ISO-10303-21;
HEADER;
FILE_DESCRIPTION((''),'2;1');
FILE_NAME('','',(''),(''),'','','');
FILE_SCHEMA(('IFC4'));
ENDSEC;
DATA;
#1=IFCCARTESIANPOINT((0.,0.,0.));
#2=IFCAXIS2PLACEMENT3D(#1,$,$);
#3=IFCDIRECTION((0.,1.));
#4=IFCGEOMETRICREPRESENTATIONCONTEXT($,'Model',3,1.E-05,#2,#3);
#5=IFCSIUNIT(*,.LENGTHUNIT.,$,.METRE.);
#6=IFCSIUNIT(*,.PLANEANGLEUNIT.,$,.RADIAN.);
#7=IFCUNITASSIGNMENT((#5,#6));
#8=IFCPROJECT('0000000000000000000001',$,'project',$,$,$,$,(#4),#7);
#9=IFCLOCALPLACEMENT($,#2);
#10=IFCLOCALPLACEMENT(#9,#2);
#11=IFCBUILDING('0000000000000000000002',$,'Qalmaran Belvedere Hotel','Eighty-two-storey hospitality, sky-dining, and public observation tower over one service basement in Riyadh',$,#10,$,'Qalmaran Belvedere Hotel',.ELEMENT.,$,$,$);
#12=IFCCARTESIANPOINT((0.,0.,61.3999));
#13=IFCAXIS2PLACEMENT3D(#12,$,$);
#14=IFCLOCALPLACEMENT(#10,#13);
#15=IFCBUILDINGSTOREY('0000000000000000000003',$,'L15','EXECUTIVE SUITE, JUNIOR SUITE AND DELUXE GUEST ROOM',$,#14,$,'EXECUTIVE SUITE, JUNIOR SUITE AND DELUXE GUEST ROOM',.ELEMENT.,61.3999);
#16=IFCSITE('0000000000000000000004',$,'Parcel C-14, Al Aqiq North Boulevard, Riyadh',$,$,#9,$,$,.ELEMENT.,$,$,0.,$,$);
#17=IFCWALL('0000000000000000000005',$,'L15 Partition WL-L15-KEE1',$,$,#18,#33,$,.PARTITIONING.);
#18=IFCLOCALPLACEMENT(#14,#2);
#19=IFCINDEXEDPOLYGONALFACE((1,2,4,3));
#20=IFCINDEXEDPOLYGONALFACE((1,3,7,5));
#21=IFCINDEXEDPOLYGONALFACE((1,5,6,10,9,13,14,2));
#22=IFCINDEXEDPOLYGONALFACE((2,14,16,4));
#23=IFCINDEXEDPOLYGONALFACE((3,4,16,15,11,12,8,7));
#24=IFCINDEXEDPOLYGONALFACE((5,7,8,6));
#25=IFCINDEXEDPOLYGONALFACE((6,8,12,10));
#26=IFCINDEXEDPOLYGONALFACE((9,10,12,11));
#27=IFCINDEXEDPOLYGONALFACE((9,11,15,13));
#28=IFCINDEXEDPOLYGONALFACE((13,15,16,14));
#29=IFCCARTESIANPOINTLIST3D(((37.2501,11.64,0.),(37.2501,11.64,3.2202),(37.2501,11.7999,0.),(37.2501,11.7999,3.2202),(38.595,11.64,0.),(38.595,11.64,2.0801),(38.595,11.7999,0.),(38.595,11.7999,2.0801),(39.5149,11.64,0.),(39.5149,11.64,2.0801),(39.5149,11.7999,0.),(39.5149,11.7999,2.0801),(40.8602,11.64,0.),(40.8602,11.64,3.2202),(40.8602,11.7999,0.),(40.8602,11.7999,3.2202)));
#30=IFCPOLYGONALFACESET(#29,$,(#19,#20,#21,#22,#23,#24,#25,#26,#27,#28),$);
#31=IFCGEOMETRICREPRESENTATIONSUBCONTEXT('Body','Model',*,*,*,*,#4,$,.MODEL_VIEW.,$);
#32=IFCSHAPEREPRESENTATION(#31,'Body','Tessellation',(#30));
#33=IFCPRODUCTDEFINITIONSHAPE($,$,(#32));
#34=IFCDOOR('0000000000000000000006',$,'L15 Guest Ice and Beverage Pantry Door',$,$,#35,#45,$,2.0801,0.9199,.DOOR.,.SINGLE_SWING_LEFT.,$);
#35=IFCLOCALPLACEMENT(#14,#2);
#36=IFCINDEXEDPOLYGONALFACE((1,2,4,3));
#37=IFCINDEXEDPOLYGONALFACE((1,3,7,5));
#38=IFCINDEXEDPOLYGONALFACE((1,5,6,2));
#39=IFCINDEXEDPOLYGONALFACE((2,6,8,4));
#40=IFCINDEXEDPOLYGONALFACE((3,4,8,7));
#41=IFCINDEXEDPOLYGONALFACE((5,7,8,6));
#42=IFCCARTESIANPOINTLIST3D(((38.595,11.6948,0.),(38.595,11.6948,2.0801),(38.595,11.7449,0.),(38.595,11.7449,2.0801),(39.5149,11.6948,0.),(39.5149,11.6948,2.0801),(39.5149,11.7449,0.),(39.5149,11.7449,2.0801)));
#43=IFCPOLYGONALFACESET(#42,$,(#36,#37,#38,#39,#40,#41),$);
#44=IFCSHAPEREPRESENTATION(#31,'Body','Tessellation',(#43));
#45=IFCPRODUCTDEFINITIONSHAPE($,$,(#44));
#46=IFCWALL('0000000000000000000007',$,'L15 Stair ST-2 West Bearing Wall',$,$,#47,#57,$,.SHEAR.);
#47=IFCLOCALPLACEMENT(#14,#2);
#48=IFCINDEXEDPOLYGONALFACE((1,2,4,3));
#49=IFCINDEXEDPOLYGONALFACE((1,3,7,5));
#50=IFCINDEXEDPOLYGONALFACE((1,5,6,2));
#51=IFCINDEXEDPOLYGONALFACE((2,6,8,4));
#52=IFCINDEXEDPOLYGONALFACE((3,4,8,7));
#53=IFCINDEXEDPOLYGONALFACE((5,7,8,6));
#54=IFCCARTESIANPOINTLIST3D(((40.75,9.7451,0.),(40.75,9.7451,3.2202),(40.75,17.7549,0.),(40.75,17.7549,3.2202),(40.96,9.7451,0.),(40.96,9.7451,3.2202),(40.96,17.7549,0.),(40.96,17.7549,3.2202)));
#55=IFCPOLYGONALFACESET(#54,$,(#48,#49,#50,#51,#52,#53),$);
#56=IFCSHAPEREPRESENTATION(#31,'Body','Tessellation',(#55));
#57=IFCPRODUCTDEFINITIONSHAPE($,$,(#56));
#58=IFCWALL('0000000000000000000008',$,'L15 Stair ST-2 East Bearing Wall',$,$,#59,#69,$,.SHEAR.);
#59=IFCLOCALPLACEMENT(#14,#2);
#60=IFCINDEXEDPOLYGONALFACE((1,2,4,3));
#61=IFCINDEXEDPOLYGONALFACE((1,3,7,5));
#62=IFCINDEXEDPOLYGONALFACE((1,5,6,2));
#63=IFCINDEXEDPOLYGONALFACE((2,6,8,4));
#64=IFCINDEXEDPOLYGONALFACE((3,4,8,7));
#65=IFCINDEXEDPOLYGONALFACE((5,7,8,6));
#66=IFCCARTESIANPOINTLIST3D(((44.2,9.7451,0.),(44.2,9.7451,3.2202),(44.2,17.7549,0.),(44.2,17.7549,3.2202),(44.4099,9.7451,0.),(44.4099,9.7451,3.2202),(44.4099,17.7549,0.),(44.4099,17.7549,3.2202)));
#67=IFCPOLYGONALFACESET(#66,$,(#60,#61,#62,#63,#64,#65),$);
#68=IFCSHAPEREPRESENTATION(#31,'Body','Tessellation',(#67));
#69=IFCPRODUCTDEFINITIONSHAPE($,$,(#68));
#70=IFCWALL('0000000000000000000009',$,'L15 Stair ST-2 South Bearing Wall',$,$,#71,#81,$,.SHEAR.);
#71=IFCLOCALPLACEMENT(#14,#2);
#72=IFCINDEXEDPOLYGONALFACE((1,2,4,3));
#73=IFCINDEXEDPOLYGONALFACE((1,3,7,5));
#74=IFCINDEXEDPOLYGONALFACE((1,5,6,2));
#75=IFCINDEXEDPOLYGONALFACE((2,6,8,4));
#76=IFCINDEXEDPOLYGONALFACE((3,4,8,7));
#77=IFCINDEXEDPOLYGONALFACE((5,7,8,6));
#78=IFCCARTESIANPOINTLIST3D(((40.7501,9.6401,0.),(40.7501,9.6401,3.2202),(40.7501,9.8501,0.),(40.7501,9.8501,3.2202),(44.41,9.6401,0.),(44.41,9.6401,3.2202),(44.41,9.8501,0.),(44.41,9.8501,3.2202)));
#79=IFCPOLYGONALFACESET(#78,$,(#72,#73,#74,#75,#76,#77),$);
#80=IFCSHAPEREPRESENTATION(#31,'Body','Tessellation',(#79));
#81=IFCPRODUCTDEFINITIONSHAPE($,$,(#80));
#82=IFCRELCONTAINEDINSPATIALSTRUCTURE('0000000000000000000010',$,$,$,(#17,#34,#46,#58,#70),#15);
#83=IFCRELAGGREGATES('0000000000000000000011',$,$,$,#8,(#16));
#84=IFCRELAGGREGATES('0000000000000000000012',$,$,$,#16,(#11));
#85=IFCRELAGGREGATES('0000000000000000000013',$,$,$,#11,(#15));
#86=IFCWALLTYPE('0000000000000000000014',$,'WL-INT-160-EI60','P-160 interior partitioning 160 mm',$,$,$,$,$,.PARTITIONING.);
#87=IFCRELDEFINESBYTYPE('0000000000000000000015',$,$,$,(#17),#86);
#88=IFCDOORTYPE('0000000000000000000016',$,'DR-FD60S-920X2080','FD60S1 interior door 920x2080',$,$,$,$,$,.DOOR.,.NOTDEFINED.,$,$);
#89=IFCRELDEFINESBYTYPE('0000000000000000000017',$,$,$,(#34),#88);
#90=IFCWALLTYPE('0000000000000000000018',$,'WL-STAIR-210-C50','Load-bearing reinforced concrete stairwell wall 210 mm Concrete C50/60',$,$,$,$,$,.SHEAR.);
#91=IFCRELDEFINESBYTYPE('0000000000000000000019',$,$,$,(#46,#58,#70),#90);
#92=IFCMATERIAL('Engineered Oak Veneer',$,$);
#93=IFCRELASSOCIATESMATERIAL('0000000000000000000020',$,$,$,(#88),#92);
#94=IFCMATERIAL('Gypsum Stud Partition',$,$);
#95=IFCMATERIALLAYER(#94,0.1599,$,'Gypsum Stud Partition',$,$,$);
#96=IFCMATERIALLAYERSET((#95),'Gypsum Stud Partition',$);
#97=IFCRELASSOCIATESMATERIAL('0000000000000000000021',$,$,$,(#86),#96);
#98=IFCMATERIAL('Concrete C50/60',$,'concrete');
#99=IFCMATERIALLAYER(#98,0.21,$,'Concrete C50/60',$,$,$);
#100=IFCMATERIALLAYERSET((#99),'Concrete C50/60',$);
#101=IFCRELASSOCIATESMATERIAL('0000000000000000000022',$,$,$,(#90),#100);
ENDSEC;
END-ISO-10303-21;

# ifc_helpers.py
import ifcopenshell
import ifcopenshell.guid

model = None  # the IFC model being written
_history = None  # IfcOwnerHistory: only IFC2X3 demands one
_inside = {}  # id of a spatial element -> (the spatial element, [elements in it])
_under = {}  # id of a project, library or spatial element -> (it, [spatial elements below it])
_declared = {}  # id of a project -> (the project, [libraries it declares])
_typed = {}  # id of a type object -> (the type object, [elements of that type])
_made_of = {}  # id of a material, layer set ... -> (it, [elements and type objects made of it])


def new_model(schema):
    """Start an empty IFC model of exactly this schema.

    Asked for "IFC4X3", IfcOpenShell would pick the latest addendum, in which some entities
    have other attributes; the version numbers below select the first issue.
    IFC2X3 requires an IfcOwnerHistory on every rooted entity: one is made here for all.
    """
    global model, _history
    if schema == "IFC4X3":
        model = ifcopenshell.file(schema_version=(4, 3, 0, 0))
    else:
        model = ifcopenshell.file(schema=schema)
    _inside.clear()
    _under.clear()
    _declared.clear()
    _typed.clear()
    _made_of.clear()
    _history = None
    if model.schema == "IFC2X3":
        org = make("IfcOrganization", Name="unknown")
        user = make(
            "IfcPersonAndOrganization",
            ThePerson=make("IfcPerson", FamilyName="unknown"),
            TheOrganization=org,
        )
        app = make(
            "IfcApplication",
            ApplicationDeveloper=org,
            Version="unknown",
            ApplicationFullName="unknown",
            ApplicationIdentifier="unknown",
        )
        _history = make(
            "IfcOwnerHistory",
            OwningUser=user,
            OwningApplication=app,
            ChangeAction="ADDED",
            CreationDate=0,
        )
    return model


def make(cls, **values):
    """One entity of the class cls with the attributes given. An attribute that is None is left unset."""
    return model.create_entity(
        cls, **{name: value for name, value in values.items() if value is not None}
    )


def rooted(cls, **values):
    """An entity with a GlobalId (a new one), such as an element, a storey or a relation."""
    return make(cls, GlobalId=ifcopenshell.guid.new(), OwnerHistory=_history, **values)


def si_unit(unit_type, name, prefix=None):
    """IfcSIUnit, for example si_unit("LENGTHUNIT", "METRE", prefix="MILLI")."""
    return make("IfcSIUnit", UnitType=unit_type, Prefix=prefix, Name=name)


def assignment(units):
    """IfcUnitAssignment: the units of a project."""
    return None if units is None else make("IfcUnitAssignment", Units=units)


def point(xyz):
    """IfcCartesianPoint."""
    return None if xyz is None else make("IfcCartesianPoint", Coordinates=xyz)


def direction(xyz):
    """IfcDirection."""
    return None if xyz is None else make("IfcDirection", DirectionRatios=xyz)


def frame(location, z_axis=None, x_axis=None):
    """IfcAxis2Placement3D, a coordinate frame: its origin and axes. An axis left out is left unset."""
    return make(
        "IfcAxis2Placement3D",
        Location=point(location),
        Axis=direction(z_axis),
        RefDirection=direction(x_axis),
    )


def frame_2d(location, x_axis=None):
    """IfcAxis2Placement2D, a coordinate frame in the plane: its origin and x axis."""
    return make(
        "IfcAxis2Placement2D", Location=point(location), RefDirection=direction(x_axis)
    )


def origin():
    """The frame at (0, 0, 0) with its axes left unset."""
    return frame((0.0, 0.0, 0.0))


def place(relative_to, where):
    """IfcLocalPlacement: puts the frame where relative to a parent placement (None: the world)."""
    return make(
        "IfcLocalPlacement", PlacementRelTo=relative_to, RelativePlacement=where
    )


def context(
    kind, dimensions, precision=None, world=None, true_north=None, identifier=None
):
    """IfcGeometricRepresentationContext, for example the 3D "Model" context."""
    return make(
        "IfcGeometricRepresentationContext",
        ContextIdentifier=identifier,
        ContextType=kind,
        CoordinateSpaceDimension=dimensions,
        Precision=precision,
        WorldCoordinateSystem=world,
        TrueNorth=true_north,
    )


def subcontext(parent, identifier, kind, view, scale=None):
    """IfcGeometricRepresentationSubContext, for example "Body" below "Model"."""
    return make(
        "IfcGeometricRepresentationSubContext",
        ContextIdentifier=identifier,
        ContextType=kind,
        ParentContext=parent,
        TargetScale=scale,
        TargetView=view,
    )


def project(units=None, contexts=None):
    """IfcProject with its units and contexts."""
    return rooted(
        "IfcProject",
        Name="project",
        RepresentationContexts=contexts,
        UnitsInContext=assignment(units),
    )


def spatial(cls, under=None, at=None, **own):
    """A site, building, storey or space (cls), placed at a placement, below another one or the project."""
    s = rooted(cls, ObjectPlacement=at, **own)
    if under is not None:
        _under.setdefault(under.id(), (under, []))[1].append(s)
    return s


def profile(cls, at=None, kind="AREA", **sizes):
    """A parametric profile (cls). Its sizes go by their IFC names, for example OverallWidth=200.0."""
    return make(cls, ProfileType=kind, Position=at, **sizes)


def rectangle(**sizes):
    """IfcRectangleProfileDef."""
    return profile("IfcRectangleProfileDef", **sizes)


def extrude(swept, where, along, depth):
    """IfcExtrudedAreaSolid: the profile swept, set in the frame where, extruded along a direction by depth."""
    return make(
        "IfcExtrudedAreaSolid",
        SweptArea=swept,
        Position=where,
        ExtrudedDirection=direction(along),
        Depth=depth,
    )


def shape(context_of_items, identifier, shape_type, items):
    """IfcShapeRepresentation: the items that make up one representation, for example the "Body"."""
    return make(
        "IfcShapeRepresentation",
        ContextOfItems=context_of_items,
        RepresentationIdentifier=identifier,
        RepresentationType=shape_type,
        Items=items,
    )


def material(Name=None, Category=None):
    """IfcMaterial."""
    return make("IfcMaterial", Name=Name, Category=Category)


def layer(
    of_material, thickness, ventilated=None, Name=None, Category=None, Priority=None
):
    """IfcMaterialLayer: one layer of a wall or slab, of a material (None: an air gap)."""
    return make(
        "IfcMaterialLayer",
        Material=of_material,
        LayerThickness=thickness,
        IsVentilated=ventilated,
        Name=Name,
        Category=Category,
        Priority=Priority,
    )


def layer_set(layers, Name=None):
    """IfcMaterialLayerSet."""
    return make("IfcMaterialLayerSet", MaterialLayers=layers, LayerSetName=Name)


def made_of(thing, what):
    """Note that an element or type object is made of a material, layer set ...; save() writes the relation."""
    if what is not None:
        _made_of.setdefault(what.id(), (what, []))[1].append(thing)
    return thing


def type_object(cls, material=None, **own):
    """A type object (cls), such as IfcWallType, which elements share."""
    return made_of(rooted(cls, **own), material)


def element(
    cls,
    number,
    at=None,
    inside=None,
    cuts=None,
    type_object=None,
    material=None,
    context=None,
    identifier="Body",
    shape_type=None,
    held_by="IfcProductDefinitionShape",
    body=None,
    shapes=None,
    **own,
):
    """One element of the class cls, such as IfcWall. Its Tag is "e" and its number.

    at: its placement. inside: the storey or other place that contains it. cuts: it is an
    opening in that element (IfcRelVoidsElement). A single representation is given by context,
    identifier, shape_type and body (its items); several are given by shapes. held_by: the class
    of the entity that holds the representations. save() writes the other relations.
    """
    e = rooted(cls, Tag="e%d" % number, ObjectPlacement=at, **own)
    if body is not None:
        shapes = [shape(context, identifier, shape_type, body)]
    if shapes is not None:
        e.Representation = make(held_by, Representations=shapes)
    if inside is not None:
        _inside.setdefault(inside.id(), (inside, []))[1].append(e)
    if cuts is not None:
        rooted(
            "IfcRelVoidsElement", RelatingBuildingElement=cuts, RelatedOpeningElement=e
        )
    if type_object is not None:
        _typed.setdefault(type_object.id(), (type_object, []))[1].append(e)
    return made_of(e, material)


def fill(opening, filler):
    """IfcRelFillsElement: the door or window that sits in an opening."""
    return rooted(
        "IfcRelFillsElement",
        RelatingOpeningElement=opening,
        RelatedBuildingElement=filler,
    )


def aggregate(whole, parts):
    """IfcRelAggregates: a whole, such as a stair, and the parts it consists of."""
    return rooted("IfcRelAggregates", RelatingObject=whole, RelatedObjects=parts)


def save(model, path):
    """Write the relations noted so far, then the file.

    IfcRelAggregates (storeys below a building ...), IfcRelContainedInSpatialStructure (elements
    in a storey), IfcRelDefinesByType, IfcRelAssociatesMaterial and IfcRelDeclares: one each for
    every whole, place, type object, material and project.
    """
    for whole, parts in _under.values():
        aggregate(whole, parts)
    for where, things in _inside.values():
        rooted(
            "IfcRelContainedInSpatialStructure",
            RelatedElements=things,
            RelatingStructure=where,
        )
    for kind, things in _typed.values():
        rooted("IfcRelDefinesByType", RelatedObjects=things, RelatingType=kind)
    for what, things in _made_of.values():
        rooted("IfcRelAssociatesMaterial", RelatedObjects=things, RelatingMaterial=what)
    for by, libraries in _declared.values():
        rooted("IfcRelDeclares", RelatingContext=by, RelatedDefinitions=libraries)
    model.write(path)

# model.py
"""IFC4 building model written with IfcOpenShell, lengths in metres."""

from ifc_helpers import new_model, si_unit, direction, frame, frame_2d, origin, place, context, subcontext, project, spatial, rectangle, extrude, material, layer, layer_set, type_object, element, fill, save


model = new_model("IFC4")

# Units and contexts
model_context = context("Model", 3, precision=1e-05, world=origin(), true_north=direction((0.0, 1.0)))
body_context = subcontext(model_context, "Body", "Model", "MODEL_VIEW")
ifc_project = project(units=[si_unit("LENGTHUNIT", "METRE"), si_unit("PLANEANGLEUNIT", "RADIAN")], contexts=[model_context])

# Site, building, storey
site_placement = place(None, origin())
site = spatial("IfcSite", under=ifc_project, at=site_placement, Name="Parcel C-14, Al Aqiq North Boulevard, Riyadh", CompositionType="ELEMENT", RefElevation=0.0)
building_placement = place(site_placement, origin())
building = spatial("IfcBuilding", under=site, at=building_placement, Name="Qalmaran Belvedere Hotel", Description="Eighty-two-storey hospitality, sky-dining, and public observation tower over one service basement in Riyadh", LongName="Qalmaran Belvedere Hotel", CompositionType="ELEMENT")
storey_placement = place(building_placement, frame((0.0, 0.0, 61.3999)))
storey = spatial("IfcBuildingStorey", under=building, at=storey_placement, Name="L15", Description="EXECUTIVE SUITE, JUNIOR SUITE AND DELUXE GUEST ROOM", LongName="EXECUTIVE SUITE, JUNIOR SUITE AND DELUXE GUEST ROOM", CompositionType="ELEMENT", Elevation=61.3999)

# Shared definitions
ifc_material_1 = material(Name="Gypsum Stud Partition")

# Wall, opening, door
ifc_material_2 = material(Name="Engineered Oak Veneer")
door_type = type_object("IfcDoorType", Name="DR-FD60S-920X2080", Description="FD60S1 interior door 920x2080", OperationType="NOTDEFINED", PredefinedType="DOOR", material=ifc_material_2)
ifc_layer_1 = layer(ifc_material_1, 0.1599, Name="Gypsum Stud Partition")
ifc_layer_set_1 = layer_set([ifc_layer_1], Name="Gypsum Stud Partition")
wall_type_1 = type_object("IfcWallType", Name="WL-INT-160-EI60", Description="P-160 interior partitioning 160 mm", PredefinedType="PARTITIONING", material=ifc_layer_set_1)
wall_1_placement = place(storey_placement, frame((37.25, 11.72, 0.0), z_axis=(0.0, 0.0, 1.0), x_axis=(1.0, 0.0, 0.0)))
wall_1 = element("IfcWall", 1, at=wall_1_placement, inside=storey, type_object=wall_type_1, Name="L15 Partition WL-L15-KEE1", PredefinedType="PARTITIONING", context=body_context, shape_type="SweptSolid", body=[
    extrude(rectangle(XDim=3.6101, YDim=0.1599, at=frame_2d((1.8052, 0.0))), origin(), (0.0, 0.0, 1.0), 3.2202),
])
opening_1_placement = place(wall_1_placement, frame((1.345, 0.0, 0.0)))
opening_1 = element("IfcOpeningElement", 2, at=opening_1_placement, cuts=wall_1, PredefinedType="OPENING", context=body_context, shape_type="SweptSolid", body=[
    extrude(rectangle(XDim=0.9199, YDim=2.0801, at=frame_2d((0.46, 1.04))), frame((0.0, 0.0898, 0.0), z_axis=(0.0, -1.0, 0.0), x_axis=(1.0, 0.0, 0.0)), (0.0, 0.0, 1.0), 0.1799),
])
door_1_placement = place(opening_1_placement, origin())
door_1 = element("IfcDoor", 3, at=door_1_placement, inside=storey, type_object=door_type, Name="L15 Guest Ice and Beverage Pantry Door", OperationType="SINGLE_SWING_LEFT", OverallHeight=2.0801, OverallWidth=0.9199, PredefinedType="DOOR", context=body_context, shape_type="SweptSolid", body=[
    extrude(rectangle(XDim=0.9199, YDim=2.0801, at=frame_2d((0.46, 1.04))), frame((0.0, 0.0249, 0.0), z_axis=(0.0, -1.0, 0.0), x_axis=(1.0, 0.0, 0.0)), (0.0, 0.0, 1.0), 0.05),
])
fill(opening_1, door_1)

# Walls
ifc_material_3 = material(Name="Concrete C50/60", Category="concrete")
ifc_layer_2 = layer(ifc_material_3, 0.21, Name="Concrete C50/60")
ifc_layer_set_2 = layer_set([ifc_layer_2], Name="Concrete C50/60")
wall_type_2 = type_object("IfcWallType", Name="WL-STAIR-210-C50", Description="Load-bearing reinforced concrete stairwell wall 210 mm Concrete C50/60", PredefinedType="SHEAR", material=ifc_layer_set_2)
for number, where, z_axis, x_axis, name in (
    (4, (40.855, 9.7451, 0.0), (0.0, 0.0, 1.0), (0.0, 1.0, 0.0), "L15 Stair ST-2 West Bearing Wall"),
    (5, (44.3049, 9.7451, 0.0), (0.0, 0.0, 1.0), (0.0, 1.0, 0.0), "L15 Stair ST-2 East Bearing Wall"),
):
    element("IfcWall", number, at=place(storey_placement, frame(where, z_axis=z_axis, x_axis=x_axis)), inside=storey, type_object=wall_type_2, Name=name, PredefinedType="SHEAR", context=body_context, shape_type="SweptSolid", body=[
        extrude(rectangle(XDim=8.0098, YDim=0.21, at=frame_2d((4.0049, 0.0))), origin(), (0.0, 0.0, 1.0), 3.2202),
    ])
wall_2_placement = place(storey_placement, frame((40.75, 9.7451, 0.0), z_axis=(0.0, 0.0, 1.0), x_axis=(1.0, 0.0, 0.0)))
element("IfcWall", 6, at=wall_2_placement, inside=storey, type_object=wall_type_2, Name="L15 Stair ST-2 South Bearing Wall", PredefinedType="SHEAR", context=body_context, shape_type="SweptSolid", body=[
    extrude(rectangle(XDim=3.6599, YDim=0.21, at=frame_2d((1.8301, 0.0))), origin(), (0.0, 0.0, 1.0), 3.2202),
])

save(model, "model.ifc")
